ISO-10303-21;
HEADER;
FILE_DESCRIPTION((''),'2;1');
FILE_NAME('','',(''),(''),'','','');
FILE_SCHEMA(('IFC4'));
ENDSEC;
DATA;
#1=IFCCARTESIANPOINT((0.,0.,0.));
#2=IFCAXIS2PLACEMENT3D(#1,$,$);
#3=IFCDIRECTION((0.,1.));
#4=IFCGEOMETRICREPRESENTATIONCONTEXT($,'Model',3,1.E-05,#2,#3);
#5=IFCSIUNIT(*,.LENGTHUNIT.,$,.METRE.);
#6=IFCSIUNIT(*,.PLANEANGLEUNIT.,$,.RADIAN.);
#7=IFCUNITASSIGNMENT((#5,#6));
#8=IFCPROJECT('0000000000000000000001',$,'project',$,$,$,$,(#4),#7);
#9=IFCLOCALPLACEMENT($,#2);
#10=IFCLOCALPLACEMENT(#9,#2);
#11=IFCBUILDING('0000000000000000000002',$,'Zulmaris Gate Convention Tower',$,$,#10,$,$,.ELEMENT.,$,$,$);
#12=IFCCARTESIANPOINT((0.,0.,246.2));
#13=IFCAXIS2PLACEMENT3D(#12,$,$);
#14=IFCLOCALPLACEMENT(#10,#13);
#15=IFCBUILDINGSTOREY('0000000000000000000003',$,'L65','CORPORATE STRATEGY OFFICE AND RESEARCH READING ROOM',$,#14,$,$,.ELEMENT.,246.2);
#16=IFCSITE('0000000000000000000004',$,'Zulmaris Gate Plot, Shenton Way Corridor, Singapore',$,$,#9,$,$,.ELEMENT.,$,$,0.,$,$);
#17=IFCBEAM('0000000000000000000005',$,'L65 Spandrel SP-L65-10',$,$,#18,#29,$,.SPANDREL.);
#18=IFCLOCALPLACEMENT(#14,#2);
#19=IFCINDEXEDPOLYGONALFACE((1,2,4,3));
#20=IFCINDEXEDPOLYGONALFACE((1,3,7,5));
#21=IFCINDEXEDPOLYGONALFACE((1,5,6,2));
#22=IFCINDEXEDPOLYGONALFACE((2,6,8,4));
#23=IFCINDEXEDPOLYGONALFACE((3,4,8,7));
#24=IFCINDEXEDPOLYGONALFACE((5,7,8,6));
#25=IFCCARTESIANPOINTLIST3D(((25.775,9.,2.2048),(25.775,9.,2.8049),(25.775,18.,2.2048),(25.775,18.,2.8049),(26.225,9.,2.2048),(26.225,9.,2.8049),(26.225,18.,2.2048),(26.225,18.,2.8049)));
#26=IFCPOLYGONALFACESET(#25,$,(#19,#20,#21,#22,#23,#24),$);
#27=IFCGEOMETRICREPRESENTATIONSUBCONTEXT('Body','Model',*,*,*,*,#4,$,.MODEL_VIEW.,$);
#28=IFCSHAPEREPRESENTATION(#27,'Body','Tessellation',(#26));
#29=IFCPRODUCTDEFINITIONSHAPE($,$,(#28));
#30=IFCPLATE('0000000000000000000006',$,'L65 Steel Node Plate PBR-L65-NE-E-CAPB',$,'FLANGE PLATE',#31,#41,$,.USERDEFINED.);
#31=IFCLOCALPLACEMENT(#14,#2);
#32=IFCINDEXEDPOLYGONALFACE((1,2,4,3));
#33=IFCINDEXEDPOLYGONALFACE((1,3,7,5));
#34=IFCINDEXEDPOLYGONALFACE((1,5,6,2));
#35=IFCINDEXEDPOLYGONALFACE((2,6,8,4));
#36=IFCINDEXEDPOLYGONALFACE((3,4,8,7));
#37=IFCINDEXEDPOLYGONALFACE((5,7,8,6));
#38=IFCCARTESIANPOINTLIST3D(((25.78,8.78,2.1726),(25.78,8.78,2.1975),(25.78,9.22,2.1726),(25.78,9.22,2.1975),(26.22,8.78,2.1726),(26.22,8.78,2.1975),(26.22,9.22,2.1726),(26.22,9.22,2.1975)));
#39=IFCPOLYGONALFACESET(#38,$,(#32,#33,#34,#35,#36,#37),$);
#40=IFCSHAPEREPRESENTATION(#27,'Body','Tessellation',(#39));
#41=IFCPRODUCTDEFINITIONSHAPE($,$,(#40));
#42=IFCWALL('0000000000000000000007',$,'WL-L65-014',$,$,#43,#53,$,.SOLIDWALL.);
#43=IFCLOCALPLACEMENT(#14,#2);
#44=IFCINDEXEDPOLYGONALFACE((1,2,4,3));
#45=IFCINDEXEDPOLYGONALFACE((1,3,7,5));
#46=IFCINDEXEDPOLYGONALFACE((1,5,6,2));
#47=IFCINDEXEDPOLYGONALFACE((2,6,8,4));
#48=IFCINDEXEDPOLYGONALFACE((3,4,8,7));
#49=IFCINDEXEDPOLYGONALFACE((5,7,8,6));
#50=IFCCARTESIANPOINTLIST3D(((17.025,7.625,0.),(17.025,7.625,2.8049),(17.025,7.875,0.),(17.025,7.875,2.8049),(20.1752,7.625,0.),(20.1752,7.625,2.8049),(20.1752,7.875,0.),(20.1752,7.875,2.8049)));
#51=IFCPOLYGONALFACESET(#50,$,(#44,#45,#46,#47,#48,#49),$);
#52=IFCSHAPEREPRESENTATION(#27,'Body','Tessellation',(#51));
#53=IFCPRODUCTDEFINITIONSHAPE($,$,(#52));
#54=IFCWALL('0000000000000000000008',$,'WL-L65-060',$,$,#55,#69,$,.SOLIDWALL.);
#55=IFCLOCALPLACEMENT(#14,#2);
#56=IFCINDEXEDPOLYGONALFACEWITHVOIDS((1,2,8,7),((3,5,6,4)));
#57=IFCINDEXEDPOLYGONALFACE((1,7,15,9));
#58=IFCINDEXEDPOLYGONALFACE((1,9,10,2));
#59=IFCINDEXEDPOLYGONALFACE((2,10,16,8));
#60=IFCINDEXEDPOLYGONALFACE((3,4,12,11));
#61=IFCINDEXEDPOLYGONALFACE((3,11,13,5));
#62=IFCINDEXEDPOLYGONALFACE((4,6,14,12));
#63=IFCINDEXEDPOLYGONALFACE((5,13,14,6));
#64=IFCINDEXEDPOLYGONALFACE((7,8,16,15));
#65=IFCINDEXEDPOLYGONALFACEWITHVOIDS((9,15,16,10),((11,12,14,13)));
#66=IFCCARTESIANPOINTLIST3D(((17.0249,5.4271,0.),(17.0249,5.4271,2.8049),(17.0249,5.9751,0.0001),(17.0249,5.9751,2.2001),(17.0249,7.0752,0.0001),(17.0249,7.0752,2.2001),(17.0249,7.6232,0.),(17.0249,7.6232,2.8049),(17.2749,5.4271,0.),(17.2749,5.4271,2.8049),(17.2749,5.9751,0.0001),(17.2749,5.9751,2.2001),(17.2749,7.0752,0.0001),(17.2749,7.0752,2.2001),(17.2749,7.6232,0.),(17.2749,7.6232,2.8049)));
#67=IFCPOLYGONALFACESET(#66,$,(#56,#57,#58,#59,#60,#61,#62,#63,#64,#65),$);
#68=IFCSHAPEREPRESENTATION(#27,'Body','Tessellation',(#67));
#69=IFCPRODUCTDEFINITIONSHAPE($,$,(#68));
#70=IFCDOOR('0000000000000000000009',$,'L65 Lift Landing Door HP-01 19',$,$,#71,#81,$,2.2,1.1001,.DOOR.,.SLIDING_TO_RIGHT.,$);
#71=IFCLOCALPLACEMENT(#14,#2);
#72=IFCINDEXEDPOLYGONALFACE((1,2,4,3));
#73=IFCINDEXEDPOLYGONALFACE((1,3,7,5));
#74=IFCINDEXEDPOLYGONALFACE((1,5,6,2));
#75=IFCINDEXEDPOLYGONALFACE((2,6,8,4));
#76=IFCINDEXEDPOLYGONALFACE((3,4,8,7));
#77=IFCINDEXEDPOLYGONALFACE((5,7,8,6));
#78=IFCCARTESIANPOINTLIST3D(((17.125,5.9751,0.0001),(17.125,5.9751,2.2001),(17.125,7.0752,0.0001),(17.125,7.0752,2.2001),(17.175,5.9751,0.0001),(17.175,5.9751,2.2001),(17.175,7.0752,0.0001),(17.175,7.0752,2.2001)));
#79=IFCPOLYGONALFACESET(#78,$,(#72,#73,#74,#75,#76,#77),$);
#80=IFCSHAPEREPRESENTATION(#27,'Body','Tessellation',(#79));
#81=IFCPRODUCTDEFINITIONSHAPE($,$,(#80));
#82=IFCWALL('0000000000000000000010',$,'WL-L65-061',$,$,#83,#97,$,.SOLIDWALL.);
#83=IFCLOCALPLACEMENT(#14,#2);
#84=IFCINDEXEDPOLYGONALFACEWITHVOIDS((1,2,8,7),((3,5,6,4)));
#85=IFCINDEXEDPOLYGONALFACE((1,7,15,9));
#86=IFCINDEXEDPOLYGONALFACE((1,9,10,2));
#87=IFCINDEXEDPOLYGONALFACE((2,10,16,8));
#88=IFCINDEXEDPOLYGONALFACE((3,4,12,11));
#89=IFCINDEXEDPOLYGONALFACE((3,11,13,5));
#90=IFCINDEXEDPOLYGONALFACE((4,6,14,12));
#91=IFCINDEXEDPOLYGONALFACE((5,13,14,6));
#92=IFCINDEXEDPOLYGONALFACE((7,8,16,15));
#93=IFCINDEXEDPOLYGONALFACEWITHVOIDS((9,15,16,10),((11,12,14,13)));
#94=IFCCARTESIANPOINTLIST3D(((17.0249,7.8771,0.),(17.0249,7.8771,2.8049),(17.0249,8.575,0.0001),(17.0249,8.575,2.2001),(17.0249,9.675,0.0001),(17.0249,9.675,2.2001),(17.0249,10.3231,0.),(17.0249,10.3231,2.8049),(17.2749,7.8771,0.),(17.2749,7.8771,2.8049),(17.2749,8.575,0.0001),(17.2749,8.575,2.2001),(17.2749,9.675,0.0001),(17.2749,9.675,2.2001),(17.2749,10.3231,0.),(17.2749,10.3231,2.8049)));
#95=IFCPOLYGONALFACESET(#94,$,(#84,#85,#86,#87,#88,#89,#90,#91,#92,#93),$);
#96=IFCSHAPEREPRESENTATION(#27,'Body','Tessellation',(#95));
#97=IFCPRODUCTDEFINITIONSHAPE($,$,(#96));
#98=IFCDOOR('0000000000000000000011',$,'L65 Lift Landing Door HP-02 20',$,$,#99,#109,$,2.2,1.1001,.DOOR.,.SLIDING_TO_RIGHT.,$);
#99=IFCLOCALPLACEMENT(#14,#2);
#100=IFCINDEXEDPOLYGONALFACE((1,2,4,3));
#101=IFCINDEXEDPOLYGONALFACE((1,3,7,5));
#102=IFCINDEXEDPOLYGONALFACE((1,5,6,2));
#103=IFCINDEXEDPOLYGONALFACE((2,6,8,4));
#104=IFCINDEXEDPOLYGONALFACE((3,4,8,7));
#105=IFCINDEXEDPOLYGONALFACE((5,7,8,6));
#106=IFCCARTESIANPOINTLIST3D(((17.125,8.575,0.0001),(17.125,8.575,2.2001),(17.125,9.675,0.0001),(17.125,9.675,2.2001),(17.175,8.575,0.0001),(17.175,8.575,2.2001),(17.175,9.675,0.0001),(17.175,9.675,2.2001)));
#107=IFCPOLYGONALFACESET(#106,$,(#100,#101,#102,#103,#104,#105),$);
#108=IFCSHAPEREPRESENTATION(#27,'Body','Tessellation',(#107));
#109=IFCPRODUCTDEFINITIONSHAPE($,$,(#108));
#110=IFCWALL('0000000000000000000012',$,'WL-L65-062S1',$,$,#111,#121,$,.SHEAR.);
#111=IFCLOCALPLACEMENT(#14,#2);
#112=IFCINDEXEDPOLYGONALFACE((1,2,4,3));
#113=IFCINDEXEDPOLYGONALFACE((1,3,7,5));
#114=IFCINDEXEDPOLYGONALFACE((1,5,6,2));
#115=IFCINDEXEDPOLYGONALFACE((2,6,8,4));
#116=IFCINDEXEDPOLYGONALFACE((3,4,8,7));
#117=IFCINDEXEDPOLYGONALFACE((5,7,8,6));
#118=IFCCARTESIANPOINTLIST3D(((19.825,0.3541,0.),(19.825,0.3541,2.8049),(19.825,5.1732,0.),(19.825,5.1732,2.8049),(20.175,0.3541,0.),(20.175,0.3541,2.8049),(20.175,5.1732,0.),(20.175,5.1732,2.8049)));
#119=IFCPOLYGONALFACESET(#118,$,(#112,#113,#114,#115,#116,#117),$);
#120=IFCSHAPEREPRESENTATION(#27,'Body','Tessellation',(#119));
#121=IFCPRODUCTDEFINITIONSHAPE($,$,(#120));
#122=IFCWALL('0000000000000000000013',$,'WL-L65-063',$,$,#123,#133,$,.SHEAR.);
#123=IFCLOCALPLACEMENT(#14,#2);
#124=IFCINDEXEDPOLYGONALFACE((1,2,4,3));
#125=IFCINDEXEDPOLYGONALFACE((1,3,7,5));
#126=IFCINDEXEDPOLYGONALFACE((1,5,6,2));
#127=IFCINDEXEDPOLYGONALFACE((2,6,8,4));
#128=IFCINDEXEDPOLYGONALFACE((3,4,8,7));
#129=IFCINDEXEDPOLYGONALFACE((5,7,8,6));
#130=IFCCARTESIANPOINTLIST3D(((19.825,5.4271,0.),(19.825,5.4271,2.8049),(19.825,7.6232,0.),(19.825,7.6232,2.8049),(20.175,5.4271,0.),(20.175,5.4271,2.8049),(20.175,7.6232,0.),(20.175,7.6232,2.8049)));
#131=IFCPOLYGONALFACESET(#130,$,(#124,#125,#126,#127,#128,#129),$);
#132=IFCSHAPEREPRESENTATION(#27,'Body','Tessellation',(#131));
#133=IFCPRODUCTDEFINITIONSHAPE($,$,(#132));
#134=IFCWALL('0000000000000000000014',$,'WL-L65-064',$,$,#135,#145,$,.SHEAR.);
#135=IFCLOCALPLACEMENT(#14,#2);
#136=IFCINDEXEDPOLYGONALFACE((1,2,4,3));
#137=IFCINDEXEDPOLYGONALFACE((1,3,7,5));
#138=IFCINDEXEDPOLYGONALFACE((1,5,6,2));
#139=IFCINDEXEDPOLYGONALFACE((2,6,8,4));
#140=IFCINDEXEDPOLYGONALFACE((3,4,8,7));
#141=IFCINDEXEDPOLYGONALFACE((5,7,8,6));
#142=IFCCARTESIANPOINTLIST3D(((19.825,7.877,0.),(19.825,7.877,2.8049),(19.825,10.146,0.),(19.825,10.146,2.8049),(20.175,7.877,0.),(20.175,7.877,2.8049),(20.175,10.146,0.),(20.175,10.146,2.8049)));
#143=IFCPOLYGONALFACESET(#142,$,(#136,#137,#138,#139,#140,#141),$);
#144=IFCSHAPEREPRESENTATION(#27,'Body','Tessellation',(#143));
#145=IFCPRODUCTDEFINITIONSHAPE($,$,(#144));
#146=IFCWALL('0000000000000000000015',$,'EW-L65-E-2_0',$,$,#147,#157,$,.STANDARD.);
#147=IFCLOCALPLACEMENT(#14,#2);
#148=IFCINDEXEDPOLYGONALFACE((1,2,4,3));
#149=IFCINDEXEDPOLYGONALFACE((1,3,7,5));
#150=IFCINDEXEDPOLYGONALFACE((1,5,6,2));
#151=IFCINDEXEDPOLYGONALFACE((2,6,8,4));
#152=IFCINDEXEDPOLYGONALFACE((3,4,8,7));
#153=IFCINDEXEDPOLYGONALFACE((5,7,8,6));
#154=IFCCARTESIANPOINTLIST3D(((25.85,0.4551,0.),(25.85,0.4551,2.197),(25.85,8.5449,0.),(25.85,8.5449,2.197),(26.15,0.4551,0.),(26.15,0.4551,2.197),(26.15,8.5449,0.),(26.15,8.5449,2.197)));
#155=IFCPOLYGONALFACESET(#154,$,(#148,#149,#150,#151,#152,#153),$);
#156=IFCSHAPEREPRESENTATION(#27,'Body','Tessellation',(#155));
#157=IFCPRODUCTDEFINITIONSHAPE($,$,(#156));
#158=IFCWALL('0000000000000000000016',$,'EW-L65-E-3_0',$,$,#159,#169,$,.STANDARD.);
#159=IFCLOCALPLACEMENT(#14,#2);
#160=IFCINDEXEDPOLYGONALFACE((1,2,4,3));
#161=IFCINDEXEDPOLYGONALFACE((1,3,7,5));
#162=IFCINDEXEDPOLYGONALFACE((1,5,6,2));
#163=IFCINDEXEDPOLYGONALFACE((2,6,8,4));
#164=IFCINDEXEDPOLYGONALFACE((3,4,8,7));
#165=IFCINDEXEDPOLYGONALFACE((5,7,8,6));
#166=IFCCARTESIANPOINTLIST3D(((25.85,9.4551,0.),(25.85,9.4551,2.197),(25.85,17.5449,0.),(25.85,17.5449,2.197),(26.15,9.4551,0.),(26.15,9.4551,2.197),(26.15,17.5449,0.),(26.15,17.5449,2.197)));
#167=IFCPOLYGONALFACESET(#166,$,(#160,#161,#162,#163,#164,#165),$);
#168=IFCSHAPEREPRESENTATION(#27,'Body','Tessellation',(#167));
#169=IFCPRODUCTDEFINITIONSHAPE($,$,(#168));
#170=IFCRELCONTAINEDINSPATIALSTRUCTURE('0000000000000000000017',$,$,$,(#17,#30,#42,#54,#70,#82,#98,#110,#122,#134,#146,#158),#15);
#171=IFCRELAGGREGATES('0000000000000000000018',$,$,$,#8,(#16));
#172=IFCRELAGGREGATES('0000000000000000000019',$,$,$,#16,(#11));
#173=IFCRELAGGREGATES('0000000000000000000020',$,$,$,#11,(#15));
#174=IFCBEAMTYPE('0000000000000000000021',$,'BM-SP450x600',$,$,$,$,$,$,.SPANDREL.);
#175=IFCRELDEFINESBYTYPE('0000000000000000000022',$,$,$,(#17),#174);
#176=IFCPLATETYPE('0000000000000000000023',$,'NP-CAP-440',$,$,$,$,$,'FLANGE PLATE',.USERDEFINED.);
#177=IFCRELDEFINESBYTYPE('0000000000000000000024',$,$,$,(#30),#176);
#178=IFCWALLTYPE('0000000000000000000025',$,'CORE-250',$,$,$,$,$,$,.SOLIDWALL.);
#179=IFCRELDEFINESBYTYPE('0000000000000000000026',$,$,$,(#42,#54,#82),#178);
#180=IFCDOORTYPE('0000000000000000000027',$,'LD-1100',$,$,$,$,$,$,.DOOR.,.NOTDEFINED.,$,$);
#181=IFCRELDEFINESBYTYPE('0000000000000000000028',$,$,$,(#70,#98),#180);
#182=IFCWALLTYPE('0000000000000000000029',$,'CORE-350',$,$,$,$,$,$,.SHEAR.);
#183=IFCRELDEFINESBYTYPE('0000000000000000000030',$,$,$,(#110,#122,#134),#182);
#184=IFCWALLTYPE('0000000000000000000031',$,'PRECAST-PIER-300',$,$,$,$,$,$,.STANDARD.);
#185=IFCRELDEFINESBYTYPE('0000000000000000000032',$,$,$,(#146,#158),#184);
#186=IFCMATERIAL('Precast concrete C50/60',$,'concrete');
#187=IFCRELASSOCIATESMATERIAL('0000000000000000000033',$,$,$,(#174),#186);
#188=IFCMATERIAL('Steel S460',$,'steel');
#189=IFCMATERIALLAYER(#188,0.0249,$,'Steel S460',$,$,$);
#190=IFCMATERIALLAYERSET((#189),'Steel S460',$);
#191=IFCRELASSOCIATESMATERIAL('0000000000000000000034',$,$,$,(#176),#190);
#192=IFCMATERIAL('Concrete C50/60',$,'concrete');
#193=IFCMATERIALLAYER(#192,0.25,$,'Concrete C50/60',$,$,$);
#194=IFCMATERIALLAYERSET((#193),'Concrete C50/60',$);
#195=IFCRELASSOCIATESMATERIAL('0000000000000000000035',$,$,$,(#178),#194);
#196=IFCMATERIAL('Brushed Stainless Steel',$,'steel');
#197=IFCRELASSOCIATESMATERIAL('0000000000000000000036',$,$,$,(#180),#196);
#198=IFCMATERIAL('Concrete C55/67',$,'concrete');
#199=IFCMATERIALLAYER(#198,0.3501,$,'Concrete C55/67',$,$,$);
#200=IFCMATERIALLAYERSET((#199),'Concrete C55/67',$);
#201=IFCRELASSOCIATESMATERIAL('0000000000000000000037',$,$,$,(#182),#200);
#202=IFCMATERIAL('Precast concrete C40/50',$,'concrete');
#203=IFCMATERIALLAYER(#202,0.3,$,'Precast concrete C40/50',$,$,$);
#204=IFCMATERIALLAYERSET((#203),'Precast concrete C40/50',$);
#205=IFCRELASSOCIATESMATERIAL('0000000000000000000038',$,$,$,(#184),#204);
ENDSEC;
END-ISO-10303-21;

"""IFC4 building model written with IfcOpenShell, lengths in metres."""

from ifc_helpers import new_model, si_unit, direction, frame, frame_2d, origin, origin_2d, place, context, subcontext, project, spatial, rectangle, extrude, material, layer, layer_set, material_profile, profile_set, type_object, element, fill, save


model = new_model("IFC4")

# Units and contexts
model_context = context("Model", 3, precision=1e-05, world=origin(), true_north=direction((0.0, 1.0)))
body_context = subcontext(model_context, "Body", "Model", "MODEL_VIEW")
ifc_project = project(units=[si_unit("LENGTHUNIT", "METRE"), si_unit("PLANEANGLEUNIT", "RADIAN")], contexts=[model_context])

# Site, building, storey
site_placement = place(None, origin())
site = spatial("IfcSite", under=ifc_project, at=site_placement, Name="Zulmaris Gate Plot, Shenton Way Corridor, Singapore", CompositionType="ELEMENT", RefElevation=0.0)
building_placement = place(site_placement, origin())
building = spatial("IfcBuilding", under=site, at=building_placement, Name="Zulmaris Gate Convention Tower", CompositionType="ELEMENT")
storey_placement = place(building_placement, frame((0.0, 0.0, 246.2)))
storey = spatial("IfcBuildingStorey", under=building, at=storey_placement, Name="L65", Description="CORPORATE STRATEGY OFFICE AND RESEARCH READING ROOM", CompositionType="ELEMENT", Elevation=246.2)

# Shared definitions
ifc_material_1 = material(Name="Concrete C50/60", Category="concrete")

# Beam
ifc_material_2 = material(Name="Precast concrete C50/60", Category="concrete")
ifc_material_profile_1 = material_profile(ifc_material_2, rectangle(XDim=0.45, YDim=0.6001, at=origin_2d()), Name="RC SPANDREL 450x600")
ifc_profile_set_1 = profile_set([ifc_material_profile_1], Name="Precast concrete C50/60")
beam_type_1 = type_object("IfcBeamType", Name="BM-SP450x600", PredefinedType="SPANDREL", material=ifc_profile_set_1)
for number, where, z_axis, x_axis, name in (
    (1, (26.0, 9.0, 2.5049), (0.0, 1.0, 0.0), (-1.0, 0.0, 0.0), "L65 Spandrel SP-L65-10"),
):
    element("IfcBeam", number, at=place(storey_placement, frame(where, z_axis=z_axis, x_axis=x_axis)), inside=storey, type_object=beam_type_1, Name=name, PredefinedType="SPANDREL", context=body_context, shape_type="SweptSolid", body=[
        extrude(rectangle(XDim=0.45, YDim=0.6001, at=origin_2d()), origin(), (0.0, 0.0, 1.0), 9.0),
    ])

# Plate
ifc_material_3 = material(Name="Steel S460", Category="steel")
ifc_layer_1 = layer(ifc_material_3, 0.0249, Name="Steel S460")
ifc_layer_set_1 = layer_set([ifc_layer_1], Name="Steel S460")
plate_type = type_object("IfcPlateType", Name="NP-CAP-440", ElementType="FLANGE PLATE", PredefinedType="USERDEFINED", material=ifc_layer_set_1)
plate_placement = place(storey_placement, frame((26.0, 9.0, 2.1726), z_axis=(0.0, 0.0, 1.0), x_axis=(1.0, 0.0, 0.0)))
element("IfcPlate", 2, at=plate_placement, inside=storey, type_object=plate_type, Name="L65 Steel Node Plate PBR-L65-NE-E-CAPB", ObjectType="FLANGE PLATE", PredefinedType="USERDEFINED", context=body_context, shape_type="SweptSolid", body=[
    extrude(rectangle(XDim=0.4399, YDim=0.4399, at=origin_2d()), origin(), (0.0, 0.0, 1.0), 0.0249),
])

# Wall
ifc_layer_2 = layer(ifc_material_1, 0.25, Name="Concrete C50/60")
ifc_layer_set_2 = layer_set([ifc_layer_2], Name="Concrete C50/60")
wall_type_1 = type_object("IfcWallType", Name="CORE-250", PredefinedType="SOLIDWALL", material=ifc_layer_set_2)
wall_1_placement = place(storey_placement, frame((17.0249, 7.75, 0.0), z_axis=(0.0, 0.0, 1.0), x_axis=(1.0, 0.0, 0.0)))
element("IfcWall", 3, at=wall_1_placement, inside=storey, type_object=wall_type_1, Name="WL-L65-014", PredefinedType="SOLIDWALL", context=body_context, shape_type="SweptSolid", body=[
    extrude(rectangle(XDim=3.1501, YDim=0.25, at=frame_2d((1.5752, 0.0))), origin(), (0.0, 0.0, 1.0), 2.8049),
])

# Walls, openings, doors
wall_2_placement = place(storey_placement, frame((17.1499, 5.427, 0.0), z_axis=(0.0, 0.0, 1.0), x_axis=(0.0, 1.0, 0.0)))
wall_2 = element("IfcWall", 4, at=wall_2_placement, inside=storey, type_object=wall_type_1, Name="WL-L65-060", PredefinedType="SOLIDWALL", context=body_context, shape_type="SweptSolid", body=[
    extrude(rectangle(XDim=2.196, YDim=0.25, at=frame_2d((1.0981, 0.0))), origin(), (0.0, 0.0, 1.0), 2.8049),
])
opening_1_placement = place(wall_2_placement, frame((0.5481, 0.0, 0.0)))
opening_1 = element("IfcOpeningElement", 5, at=opening_1_placement, cuts=wall_2, PredefinedType="OPENING", context=body_context, shape_type="SweptSolid", body=[
    extrude(rectangle(XDim=1.1001, YDim=2.2, at=frame_2d((0.55, 1.1001))), frame((0.0, 0.135, 0.0), z_axis=(0.0, -1.0, 0.0), x_axis=(1.0, 0.0, 0.0)), (0.0, 0.0, 1.0), 0.27),
])
ifc_material_4 = material(Name="Brushed Stainless Steel", Category="steel")
door_type = type_object("IfcDoorType", Name="LD-1100", OperationType="NOTDEFINED", PredefinedType="DOOR", material=ifc_material_4)
door_1_placement = place(opening_1_placement, origin())
door_1 = element("IfcDoor", 6, at=door_1_placement, inside=storey, type_object=door_type, Name="L65 Lift Landing Door HP-01 19", OperationType="SLIDING_TO_RIGHT", OverallHeight=2.2, OverallWidth=1.1001, PredefinedType="DOOR", context=body_context, shape_type="SweptSolid", body=[
    extrude(rectangle(XDim=1.1001, YDim=2.2, at=frame_2d((0.55, 1.1001))), frame((0.0, 0.0249, 0.0), z_axis=(0.0, -1.0, 0.0), x_axis=(1.0, 0.0, 0.0)), (0.0, 0.0, 1.0), 0.05),
])
fill(opening_1, door_1)
wall_3_placement = place(storey_placement, frame((17.1499, 7.877, 0.0), z_axis=(0.0, 0.0, 1.0), x_axis=(0.0, 1.0, 0.0)))
wall_3 = element("IfcWall", 7, at=wall_3_placement, inside=storey, type_object=wall_type_1, Name="WL-L65-061", PredefinedType="SOLIDWALL", context=body_context, shape_type="SweptSolid", body=[
    extrude(rectangle(XDim=2.446, YDim=0.25, at=frame_2d((1.2231, 0.0))), origin(), (0.0, 0.0, 1.0), 2.8049),
])
opening_2_placement = place(wall_3_placement, frame((0.698, 0.0, 0.0)))
opening_2 = element("IfcOpeningElement", 8, at=opening_2_placement, cuts=wall_3, PredefinedType="OPENING", context=body_context, shape_type="SweptSolid", body=[
    extrude(rectangle(XDim=1.1001, YDim=2.2, at=frame_2d((0.55, 1.1001))), frame((0.0, 0.135, 0.0), z_axis=(0.0, -1.0, 0.0), x_axis=(1.0, 0.0, 0.0)), (0.0, 0.0, 1.0), 0.27),
])
door_2_placement = place(opening_2_placement, origin())
door_2 = element("IfcDoor", 9, at=door_2_placement, inside=storey, type_object=door_type, Name="L65 Lift Landing Door HP-02 20", OperationType="SLIDING_TO_RIGHT", OverallHeight=2.2, OverallWidth=1.1001, PredefinedType="DOOR", context=body_context, shape_type="SweptSolid", body=[
    extrude(rectangle(XDim=1.1001, YDim=2.2, at=frame_2d((0.55, 1.1001))), frame((0.0, 0.0249, 0.0), z_axis=(0.0, -1.0, 0.0), x_axis=(1.0, 0.0, 0.0)), (0.0, 0.0, 1.0), 0.05),
])
fill(opening_2, door_2)

# Walls
ifc_material_5 = material(Name="Concrete C55/67", Category="concrete")
ifc_layer_3 = layer(ifc_material_5, 0.3501, Name="Concrete C55/67")
ifc_layer_set_3 = layer_set([ifc_layer_3], Name="Concrete C55/67")
wall_type_2 = type_object("IfcWallType", Name="CORE-350", PredefinedType="SHEAR", material=ifc_layer_set_3)
wall_4_placement = place(storey_placement, frame((20.0, 0.354, 0.0), z_axis=(0.0, 0.0, 1.0), x_axis=(0.0, 1.0, 0.0)))
element("IfcWall", 10, at=wall_4_placement, inside=storey, type_object=wall_type_2, Name="WL-L65-062S1", PredefinedType="SHEAR", context=body_context, shape_type="SweptSolid", body=[
    extrude(rectangle(XDim=4.8191, YDim=0.3501, at=frame_2d((2.4097, 0.0))), origin(), (0.0, 0.0, 1.0), 2.8049),
])
wall_5_placement = place(storey_placement, frame((20.0, 5.427, 0.0), z_axis=(0.0, 0.0, 1.0), x_axis=(0.0, 1.0, 0.0)))
element("IfcWall", 11, at=wall_5_placement, inside=storey, type_object=wall_type_2, Name="WL-L65-063", PredefinedType="SHEAR", context=body_context, shape_type="SweptSolid", body=[
    extrude(rectangle(XDim=2.196, YDim=0.3501, at=frame_2d((1.0981, 0.0))), origin(), (0.0, 0.0, 1.0), 2.8049),
])
wall_6_placement = place(storey_placement, frame((20.0, 7.877, 0.0), z_axis=(0.0, 0.0, 1.0), x_axis=(0.0, 1.0, 0.0)))
element("IfcWall", 12, at=wall_6_placement, inside=storey, type_object=wall_type_2, Name="WL-L65-064", PredefinedType="SHEAR", context=body_context, shape_type="SweptSolid", body=[
    extrude(rectangle(XDim=2.269, YDim=0.3501, at=frame_2d((1.1345, 0.0))), origin(), (0.0, 0.0, 1.0), 2.8049),
])
ifc_material_6 = material(Name="Precast concrete C40/50", Category="concrete")
ifc_layer_4 = layer(ifc_material_6, 0.3, Name="Precast concrete C40/50")
ifc_layer_set_4 = layer_set([ifc_layer_4], Name="Precast concrete C40/50")
wall_type_3 = type_object("IfcWallType", Name="PRECAST-PIER-300", PredefinedType="STANDARD", material=ifc_layer_set_4)
for number, where, z_axis, x_axis, name in (
    (13, (26.0, 0.4551, 0.0), (0.0, 0.0, 1.0), (0.0, 1.0, 0.0), "EW-L65-E-2_0"),
    (14, (26.0, 9.4551, 0.0), (0.0, 0.0, 1.0), (0.0, 1.0, 0.0), "EW-L65-E-3_0"),
):
    element("IfcWall", number, at=place(storey_placement, frame(where, z_axis=z_axis, x_axis=x_axis)), inside=storey, type_object=wall_type_3, Name=name, PredefinedType="STANDARD", context=body_context, shape_type="SweptSolid", body=[
        extrude(rectangle(XDim=8.0898, YDim=0.3, at=frame_2d((4.0449, 0.0))), origin(), (0.0, 0.0, 1.0), 2.197),
    ])

save(model, "model.ifc")
